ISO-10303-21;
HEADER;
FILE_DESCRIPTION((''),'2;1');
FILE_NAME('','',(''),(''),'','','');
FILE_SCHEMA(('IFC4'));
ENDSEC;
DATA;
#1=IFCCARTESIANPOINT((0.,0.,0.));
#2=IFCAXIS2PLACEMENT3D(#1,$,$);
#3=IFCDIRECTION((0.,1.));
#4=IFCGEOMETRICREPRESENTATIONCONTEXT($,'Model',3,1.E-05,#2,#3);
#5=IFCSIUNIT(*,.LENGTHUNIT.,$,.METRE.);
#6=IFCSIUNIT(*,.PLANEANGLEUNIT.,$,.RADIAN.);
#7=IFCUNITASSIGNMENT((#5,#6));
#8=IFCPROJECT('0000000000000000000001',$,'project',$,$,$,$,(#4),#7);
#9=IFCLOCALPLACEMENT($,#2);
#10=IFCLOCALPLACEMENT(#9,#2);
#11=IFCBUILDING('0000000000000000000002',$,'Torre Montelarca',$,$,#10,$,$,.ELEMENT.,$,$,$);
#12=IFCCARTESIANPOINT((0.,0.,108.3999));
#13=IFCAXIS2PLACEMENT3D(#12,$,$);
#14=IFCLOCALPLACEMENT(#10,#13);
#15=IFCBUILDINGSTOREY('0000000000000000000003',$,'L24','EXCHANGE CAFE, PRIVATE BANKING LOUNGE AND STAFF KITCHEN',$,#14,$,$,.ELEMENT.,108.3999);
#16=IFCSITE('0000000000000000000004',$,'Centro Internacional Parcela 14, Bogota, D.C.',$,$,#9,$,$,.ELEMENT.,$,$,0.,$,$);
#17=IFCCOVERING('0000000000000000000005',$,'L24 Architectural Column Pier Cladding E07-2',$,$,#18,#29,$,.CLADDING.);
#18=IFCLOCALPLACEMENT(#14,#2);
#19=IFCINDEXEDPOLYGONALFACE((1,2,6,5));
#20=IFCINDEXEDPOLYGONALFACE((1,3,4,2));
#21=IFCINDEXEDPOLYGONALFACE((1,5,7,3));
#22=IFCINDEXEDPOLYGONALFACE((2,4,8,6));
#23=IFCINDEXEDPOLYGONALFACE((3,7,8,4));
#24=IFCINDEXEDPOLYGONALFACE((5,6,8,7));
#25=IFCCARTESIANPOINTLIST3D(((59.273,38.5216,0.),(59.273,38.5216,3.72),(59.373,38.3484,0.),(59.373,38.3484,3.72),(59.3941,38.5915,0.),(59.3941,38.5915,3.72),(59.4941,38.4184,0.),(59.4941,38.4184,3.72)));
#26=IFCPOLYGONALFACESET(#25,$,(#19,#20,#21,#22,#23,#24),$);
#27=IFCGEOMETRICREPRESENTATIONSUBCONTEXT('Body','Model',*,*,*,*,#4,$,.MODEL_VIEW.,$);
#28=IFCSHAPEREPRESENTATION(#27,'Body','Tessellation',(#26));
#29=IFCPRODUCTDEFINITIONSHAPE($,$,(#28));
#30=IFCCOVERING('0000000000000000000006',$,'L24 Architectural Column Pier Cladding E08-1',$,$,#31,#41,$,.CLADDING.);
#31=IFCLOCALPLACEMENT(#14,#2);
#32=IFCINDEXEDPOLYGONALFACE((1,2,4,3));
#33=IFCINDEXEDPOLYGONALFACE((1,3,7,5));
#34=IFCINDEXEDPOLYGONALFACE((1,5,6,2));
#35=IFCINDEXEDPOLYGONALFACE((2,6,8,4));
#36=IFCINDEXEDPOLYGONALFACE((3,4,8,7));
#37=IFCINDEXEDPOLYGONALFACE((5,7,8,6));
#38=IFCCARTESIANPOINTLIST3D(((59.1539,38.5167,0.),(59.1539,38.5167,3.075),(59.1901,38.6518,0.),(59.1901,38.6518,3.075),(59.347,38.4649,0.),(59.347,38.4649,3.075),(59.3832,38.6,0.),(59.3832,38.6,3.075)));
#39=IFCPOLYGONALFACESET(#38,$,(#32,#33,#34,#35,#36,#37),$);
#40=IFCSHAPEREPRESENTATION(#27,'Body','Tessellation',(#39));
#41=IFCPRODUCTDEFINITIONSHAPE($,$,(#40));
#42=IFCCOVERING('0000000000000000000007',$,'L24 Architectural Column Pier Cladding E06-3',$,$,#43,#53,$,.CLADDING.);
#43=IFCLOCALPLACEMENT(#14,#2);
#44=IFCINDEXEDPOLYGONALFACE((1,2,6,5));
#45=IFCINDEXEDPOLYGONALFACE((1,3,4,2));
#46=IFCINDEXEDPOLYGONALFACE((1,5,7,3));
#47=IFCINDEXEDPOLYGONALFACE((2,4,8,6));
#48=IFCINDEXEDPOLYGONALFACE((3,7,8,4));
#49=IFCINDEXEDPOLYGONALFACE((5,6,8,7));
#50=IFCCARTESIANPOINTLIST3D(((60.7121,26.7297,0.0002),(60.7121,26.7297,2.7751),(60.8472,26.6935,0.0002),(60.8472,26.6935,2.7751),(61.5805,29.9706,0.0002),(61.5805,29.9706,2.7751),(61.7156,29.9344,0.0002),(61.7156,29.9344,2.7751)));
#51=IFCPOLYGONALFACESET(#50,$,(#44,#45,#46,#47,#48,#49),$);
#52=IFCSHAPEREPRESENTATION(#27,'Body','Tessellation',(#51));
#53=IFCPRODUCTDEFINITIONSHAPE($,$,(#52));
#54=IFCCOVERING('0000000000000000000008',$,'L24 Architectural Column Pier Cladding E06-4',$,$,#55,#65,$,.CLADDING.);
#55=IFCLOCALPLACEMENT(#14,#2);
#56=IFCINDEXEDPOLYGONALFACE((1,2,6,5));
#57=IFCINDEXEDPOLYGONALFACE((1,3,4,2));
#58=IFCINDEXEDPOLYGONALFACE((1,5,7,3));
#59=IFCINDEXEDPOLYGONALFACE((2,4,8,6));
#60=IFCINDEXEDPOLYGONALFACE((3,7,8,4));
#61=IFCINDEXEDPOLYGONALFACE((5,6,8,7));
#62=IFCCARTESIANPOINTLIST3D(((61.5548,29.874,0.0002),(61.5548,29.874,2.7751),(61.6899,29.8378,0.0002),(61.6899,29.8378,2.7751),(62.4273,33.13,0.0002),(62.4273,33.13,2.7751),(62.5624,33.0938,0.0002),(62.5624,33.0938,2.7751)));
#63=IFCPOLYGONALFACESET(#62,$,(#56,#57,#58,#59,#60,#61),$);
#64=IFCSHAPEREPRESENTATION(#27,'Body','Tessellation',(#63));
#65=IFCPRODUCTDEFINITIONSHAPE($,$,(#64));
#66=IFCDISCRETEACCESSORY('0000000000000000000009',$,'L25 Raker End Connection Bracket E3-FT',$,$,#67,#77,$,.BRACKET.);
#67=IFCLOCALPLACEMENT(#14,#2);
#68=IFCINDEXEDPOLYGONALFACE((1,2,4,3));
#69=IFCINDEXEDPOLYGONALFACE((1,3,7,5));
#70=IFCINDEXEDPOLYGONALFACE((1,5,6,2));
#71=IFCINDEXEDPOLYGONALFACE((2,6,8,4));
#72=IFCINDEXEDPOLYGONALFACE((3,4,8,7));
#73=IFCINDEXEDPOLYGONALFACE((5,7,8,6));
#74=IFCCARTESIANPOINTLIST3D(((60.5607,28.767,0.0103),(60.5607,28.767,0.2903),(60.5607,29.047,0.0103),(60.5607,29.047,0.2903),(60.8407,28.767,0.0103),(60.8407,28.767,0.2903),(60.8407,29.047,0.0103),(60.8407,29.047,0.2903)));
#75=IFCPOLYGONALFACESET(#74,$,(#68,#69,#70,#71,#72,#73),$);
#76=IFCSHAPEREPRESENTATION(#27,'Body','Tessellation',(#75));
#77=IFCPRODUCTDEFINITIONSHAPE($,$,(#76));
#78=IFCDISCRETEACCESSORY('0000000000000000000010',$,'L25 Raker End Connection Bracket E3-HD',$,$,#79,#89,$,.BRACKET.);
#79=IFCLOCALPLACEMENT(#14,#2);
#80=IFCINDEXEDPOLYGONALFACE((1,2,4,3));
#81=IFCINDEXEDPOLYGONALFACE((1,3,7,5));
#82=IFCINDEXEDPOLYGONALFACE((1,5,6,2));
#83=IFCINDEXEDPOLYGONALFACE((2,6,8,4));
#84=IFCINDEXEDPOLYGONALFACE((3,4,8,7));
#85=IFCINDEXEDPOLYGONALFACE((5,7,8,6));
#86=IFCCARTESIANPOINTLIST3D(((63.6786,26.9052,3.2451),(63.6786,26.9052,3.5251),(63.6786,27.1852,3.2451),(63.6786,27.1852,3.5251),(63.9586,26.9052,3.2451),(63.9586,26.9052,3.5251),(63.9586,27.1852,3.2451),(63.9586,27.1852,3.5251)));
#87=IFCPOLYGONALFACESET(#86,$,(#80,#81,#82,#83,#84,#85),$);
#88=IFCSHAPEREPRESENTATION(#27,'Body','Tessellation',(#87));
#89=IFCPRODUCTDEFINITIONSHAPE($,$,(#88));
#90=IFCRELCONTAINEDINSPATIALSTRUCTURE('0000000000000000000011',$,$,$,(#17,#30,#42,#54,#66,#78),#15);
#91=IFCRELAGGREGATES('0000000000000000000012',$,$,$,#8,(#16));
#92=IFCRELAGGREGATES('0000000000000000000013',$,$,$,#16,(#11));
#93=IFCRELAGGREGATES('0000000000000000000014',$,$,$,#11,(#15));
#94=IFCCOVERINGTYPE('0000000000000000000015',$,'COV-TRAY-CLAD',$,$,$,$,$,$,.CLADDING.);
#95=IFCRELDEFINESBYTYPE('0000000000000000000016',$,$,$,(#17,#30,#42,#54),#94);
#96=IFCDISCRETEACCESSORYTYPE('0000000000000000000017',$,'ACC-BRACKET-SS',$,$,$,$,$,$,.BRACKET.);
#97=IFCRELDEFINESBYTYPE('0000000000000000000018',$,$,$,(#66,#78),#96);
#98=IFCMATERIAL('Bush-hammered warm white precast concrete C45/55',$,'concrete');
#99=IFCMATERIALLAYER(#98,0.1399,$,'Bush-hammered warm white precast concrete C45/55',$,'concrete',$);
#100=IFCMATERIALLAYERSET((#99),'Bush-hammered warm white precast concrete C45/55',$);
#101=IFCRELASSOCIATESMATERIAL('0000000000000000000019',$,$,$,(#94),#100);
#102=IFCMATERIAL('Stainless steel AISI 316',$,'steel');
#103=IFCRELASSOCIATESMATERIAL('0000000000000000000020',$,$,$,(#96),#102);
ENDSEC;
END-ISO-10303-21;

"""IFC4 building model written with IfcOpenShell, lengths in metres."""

from ifc_helpers import new_model, si_unit, direction, frame, origin, origin_2d, place, context, subcontext, project, spatial, rectangle, extrude, source, transform, mapped, material, layer, layer_set, type_object, element, save


model = new_model("IFC4")

# Units and contexts
model_context = context("Model", 3, precision=1e-05, world=origin(), true_north=direction((0.0, 1.0)))
body_context = subcontext(model_context, "Body", "Model", "MODEL_VIEW")
ifc_project = project(units=[si_unit("LENGTHUNIT", "METRE"), si_unit("PLANEANGLEUNIT", "RADIAN")], contexts=[model_context])

# Site, building, storey
site_placement = place(None, origin())
site = spatial("IfcSite", under=ifc_project, at=site_placement, Name="Centro Internacional Parcela 14, Bogota, D.C.", CompositionType="ELEMENT", RefElevation=0.0)
building_placement = place(site_placement, origin())
building = spatial("IfcBuilding", under=site, at=building_placement, Name="Torre Montelarca", CompositionType="ELEMENT")
storey_placement = place(building_placement, frame((0.0, 0.0, 108.3999)))
storey = spatial("IfcBuildingStorey", under=building, at=storey_placement, Name="L24", Description="EXCHANGE CAFE, PRIVATE BANKING LOUNGE AND STAFF KITCHEN", CompositionType="ELEMENT", Elevation=108.3999)

# Coverings
ifc_material_1 = material(Name="Bush-hammered warm white precast concrete C45/55", Category="concrete")
ifc_layer_1 = layer(ifc_material_1, 0.1399, Name="Bush-hammered warm white precast concrete C45/55", Category="concrete")
ifc_layer_set_1 = layer_set([ifc_layer_1], Name="Bush-hammered warm white precast concrete C45/55")
covering_type = type_object("IfcCoveringType", Name="COV-TRAY-CLAD", PredefinedType="CLADDING", material=ifc_layer_set_1)
shared_shape_1 = source(origin(), body_context, "Body", "SweptSolid", [
    extrude(rectangle(XDim=0.2, YDim=0.1399, at=origin_2d()), origin(), (0.0, 0.0, 1.0), 3.72),
])
for number, where, z_axis, x_axis, name in (
    (1, (59.3835, 38.47, 0.0), (0.0, 0.0, 1.0), (-0.500008, 0.866021, 0.0), "L24 Architectural Column Pier Cladding E07-2"),
):
    element("IfcCovering", number, at=place(storey_placement, frame(where, z_axis=z_axis, x_axis=x_axis)), inside=storey, type_object=covering_type, Name=name, PredefinedType="CLADDING", context=body_context, shape_type="MappedRepresentation", body=[
        mapped(shared_shape_1, transform((0.0, 0.0, 0.0), scale=1.0)),
    ])
shared_shape_2 = source(origin(), body_context, "Body", "SweptSolid", [
    extrude(rectangle(XDim=0.2, YDim=0.1399, at=origin_2d()), origin(), (0.0, 0.0, 1.0), 3.075),
])
covering_1_placement = place(storey_placement, frame((59.2686, 38.5583, 0.0), z_axis=(0.0, 0.0, 1.0), x_axis=(-0.965925, 0.258821, 0.0)))
element("IfcCovering", 2, at=covering_1_placement, inside=storey, type_object=covering_type, Name="L24 Architectural Column Pier Cladding E08-1", PredefinedType="CLADDING", context=body_context, shape_type="MappedRepresentation", body=[
    mapped(shared_shape_2, transform((0.0, 0.0, 0.0), scale=1.0)),
])
shared_shape_3 = source(origin(), body_context, "Body", "SweptSolid", [
    extrude(rectangle(XDim=3.3552, YDim=0.1399, at=origin_2d()), origin(), (0.0, 0.0, 1.0), 2.7749),
])
covering_2_placement = place(storey_placement, frame((61.2139, 28.332, 0.0002), z_axis=(0.0, 0.0, 1.0), x_axis=(0.258819, 0.965926, 0.0)))
element("IfcCovering", 3, at=covering_2_placement, inside=storey, type_object=covering_type, Name="L24 Architectural Column Pier Cladding E06-3", PredefinedType="CLADDING", context=body_context, shape_type="MappedRepresentation", body=[
    mapped(shared_shape_3, transform((0.0, 0.0, 0.0), scale=1.0)),
])
shared_shape_4 = source(origin(), body_context, "Body", "SweptSolid", [
    extrude(rectangle(XDim=3.3708, YDim=0.1399, at=origin_2d()), origin(), (0.0, 0.0, 1.0), 2.7749),
])
covering_3_placement = place(storey_placement, frame((62.0586, 31.4839, 0.0002), z_axis=(0.0, 0.0, 1.0), x_axis=(0.258819, 0.965926, 0.0)))
element("IfcCovering", 4, at=covering_3_placement, inside=storey, type_object=covering_type, Name="L24 Architectural Column Pier Cladding E06-4", PredefinedType="CLADDING", context=body_context, shape_type="MappedRepresentation", body=[
    mapped(shared_shape_4, transform((0.0, 0.0, 0.0), scale=1.0)),
])

# Discrete accessories
ifc_material_2 = material(Name="Stainless steel AISI 316", Category="steel")
discrete_accessory_type = type_object("IfcDiscreteAccessoryType", Name="ACC-BRACKET-SS", PredefinedType="BRACKET", material=ifc_material_2)
shared_shape_5 = source(origin(), body_context, "Body", "SweptSolid", [
    extrude(rectangle(XDim=0.28, YDim=0.28, at=origin_2d()), origin(), (0.0, 0.0, 1.0), 0.28),
])
for number, where, z_axis, x_axis, name in (
    (5, (60.7007, 28.907, 0.0103), (0.0, 0.0, 1.0), (1.0, 0.0, 0.0), "L25 Raker End Connection Bracket E3-FT"),
    (6, (63.8186, 27.0452, 3.2451), (0.0, 0.0, 1.0), (1.0, 0.0, 0.0), "L25 Raker End Connection Bracket E3-HD"),
):
    element("IfcDiscreteAccessory", number, at=place(storey_placement, frame(where, z_axis=z_axis, x_axis=x_axis)), inside=storey, type_object=discrete_accessory_type, Name=name, PredefinedType="BRACKET", context=body_context, shape_type="MappedRepresentation", body=[
        mapped(shared_shape_5, transform((0.0, 0.0, 0.0), scale=1.0)),
    ])

save(model, "model.ifc")
